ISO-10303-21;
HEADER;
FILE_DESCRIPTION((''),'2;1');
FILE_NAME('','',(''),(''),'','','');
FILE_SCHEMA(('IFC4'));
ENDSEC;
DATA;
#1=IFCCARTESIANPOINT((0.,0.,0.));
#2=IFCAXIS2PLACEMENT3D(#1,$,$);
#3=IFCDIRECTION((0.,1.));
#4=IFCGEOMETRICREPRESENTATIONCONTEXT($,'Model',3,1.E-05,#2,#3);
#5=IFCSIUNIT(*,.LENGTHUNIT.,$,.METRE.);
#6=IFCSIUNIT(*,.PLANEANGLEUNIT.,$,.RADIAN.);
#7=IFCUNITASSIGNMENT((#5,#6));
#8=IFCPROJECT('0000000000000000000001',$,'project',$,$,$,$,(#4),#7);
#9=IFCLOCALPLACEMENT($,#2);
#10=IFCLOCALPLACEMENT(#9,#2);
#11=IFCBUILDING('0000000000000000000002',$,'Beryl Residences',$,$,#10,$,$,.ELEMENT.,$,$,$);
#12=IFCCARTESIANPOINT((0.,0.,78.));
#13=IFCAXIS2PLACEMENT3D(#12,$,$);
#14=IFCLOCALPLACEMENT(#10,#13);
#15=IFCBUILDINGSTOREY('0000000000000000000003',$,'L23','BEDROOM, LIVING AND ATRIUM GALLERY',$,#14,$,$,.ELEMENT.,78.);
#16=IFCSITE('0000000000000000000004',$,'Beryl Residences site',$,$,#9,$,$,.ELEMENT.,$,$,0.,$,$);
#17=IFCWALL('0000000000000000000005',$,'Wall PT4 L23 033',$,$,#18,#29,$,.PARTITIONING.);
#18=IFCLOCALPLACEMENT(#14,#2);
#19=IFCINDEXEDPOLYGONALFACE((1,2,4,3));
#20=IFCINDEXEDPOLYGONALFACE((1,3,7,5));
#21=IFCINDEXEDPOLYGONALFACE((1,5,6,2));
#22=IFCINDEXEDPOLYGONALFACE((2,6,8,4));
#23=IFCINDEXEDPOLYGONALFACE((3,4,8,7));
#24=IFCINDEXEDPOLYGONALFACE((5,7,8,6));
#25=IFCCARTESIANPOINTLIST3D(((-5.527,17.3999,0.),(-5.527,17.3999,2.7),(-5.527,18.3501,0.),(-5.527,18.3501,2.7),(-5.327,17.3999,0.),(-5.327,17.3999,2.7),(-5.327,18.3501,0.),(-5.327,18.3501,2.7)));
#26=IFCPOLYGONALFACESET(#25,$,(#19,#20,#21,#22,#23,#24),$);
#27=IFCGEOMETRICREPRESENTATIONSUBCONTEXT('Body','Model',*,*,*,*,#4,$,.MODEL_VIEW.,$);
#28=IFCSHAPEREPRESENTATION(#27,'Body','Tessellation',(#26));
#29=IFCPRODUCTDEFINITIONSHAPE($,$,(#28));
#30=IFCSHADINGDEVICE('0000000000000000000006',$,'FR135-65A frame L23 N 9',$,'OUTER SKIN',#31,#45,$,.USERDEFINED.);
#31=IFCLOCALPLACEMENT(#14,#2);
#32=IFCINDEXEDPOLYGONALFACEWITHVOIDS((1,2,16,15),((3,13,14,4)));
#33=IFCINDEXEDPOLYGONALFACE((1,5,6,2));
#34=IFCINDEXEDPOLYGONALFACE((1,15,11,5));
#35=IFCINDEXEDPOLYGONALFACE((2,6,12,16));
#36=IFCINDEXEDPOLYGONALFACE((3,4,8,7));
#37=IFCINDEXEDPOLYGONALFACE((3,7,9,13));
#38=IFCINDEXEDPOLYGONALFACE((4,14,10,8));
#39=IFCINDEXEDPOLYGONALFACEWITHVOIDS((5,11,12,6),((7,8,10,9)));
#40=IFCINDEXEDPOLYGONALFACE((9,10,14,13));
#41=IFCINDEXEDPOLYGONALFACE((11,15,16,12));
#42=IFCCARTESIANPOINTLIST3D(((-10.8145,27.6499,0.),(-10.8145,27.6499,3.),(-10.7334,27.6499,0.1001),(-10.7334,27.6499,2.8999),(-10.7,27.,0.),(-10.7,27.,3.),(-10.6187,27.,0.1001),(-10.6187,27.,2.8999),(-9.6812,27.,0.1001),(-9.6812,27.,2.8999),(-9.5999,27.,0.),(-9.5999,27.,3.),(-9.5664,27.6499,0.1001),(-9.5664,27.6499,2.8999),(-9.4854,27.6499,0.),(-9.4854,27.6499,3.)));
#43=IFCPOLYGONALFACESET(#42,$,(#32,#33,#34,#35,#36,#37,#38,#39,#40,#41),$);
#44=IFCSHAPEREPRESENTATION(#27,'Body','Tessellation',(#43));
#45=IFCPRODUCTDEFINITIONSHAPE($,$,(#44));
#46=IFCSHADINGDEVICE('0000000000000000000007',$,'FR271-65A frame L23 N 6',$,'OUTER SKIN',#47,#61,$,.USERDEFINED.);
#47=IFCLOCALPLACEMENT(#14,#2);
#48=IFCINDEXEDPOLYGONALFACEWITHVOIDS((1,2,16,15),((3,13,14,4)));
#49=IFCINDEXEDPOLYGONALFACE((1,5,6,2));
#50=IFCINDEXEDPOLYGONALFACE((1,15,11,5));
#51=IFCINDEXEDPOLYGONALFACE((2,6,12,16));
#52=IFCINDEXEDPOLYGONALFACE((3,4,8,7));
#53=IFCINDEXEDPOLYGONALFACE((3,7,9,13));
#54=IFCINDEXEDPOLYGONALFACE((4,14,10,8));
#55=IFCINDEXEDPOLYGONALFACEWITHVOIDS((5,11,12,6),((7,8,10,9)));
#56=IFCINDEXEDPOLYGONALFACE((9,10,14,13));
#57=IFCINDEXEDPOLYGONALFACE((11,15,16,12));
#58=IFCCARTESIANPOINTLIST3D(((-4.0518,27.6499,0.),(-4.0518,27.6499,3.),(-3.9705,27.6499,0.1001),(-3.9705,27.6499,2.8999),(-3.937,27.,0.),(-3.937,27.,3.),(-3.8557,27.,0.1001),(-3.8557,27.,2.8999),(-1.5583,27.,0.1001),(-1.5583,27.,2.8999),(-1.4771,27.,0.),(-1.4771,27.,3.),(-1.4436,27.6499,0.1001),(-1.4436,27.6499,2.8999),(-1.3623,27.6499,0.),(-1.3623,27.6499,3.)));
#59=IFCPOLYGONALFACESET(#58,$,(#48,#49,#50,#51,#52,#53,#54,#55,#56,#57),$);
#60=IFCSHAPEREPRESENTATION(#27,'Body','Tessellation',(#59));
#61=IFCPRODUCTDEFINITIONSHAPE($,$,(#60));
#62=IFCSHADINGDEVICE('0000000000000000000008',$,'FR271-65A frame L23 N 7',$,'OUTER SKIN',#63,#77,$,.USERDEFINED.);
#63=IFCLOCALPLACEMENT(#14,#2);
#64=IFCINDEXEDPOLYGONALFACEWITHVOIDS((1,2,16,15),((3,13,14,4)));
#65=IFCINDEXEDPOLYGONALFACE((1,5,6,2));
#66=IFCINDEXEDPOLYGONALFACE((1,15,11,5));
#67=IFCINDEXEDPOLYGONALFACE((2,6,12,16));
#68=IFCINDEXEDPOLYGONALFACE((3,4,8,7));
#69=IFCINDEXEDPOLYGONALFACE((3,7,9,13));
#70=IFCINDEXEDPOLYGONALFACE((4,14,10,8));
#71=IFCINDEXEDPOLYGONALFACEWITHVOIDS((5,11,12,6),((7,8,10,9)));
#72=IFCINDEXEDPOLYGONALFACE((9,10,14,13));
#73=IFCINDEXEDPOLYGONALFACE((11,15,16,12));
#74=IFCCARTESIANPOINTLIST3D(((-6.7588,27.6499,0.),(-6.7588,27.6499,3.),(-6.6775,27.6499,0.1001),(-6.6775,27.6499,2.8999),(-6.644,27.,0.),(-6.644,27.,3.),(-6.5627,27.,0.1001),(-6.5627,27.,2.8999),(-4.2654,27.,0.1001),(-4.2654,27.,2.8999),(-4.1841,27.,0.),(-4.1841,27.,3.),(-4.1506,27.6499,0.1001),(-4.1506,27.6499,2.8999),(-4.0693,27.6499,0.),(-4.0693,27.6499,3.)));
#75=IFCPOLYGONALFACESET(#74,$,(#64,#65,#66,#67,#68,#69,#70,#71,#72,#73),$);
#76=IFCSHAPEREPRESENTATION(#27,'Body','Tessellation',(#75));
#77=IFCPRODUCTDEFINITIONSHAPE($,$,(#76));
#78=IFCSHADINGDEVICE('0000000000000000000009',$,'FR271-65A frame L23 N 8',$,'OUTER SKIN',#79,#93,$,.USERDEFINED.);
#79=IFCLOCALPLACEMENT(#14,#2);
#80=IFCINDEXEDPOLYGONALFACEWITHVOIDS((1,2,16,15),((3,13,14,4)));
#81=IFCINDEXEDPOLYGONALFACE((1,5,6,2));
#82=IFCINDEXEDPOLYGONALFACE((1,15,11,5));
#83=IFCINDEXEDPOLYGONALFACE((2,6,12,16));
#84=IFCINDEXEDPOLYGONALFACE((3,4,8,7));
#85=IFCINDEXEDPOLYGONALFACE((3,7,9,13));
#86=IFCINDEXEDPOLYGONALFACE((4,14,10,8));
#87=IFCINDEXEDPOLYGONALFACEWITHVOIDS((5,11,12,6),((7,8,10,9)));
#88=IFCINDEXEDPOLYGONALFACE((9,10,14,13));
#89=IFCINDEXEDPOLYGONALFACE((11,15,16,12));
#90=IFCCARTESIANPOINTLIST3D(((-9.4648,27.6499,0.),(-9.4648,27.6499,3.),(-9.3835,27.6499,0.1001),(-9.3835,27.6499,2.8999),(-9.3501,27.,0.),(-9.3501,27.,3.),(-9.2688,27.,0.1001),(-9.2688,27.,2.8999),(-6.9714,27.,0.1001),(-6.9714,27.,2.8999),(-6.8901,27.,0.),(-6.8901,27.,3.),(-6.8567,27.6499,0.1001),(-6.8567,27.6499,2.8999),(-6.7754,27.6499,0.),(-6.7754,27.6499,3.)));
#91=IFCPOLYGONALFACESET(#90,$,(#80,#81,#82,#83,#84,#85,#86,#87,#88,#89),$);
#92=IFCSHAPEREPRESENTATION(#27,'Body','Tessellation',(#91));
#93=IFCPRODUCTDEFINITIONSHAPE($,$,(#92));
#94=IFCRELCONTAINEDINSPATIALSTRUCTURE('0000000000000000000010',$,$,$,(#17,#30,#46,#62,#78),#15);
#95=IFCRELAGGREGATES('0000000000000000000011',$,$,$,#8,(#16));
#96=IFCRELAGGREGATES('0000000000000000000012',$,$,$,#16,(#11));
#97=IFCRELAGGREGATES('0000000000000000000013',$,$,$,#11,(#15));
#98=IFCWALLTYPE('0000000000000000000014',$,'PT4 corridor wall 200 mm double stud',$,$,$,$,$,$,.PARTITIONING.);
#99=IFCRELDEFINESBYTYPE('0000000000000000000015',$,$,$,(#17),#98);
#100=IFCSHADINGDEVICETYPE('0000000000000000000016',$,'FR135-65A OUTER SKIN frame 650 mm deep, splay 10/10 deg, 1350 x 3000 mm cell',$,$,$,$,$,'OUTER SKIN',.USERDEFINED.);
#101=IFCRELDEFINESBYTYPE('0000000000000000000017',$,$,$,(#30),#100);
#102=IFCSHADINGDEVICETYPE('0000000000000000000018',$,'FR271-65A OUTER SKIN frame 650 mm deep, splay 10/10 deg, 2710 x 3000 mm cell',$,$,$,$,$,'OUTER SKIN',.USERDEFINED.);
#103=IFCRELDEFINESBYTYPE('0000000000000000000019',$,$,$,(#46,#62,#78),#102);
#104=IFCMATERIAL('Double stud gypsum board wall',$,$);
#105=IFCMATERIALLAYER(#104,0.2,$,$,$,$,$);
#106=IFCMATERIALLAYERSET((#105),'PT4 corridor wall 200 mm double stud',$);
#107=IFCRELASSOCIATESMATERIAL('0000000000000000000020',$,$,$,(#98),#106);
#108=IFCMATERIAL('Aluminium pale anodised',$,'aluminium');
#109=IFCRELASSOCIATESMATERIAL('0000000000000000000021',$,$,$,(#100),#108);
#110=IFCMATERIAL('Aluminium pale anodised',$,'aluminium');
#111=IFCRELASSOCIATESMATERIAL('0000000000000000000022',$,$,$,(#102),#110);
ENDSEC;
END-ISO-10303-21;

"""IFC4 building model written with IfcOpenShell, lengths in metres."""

from ifc_helpers import new_model, entity, si_unit, direction, frame, frame_2d, origin, place, context, subcontext, project, spatial, rectangle, extrude, source, transform, mapped, material, layer, layer_set, type_object, type_shapes, element, save


model = new_model("IFC4")

# Units and contexts
model_context = context("Model", 3, precision=1e-05, world=origin(), true_north=direction((0.0, 1.0)))
body_context = subcontext(model_context, "Body", "Model", "MODEL_VIEW")
ifc_project = project(units=[si_unit("LENGTHUNIT", "METRE"), si_unit("PLANEANGLEUNIT", "RADIAN")], contexts=[model_context])

# Site, building, storey
site_placement = place(None, origin())
site = spatial("IfcSite", under=ifc_project, at=site_placement, Name="Beryl Residences site", CompositionType="ELEMENT", RefElevation=0.0)
building_placement = place(site_placement, origin())
building = spatial("IfcBuilding", under=site, at=building_placement, Name="Beryl Residences", CompositionType="ELEMENT")
storey_placement = place(building_placement, frame((0.0, 0.0, 78.0)))
storey = spatial("IfcBuildingStorey", under=building, at=storey_placement, Name="L23", Description="BEDROOM, LIVING AND ATRIUM GALLERY", CompositionType="ELEMENT", Elevation=78.0)

# Shared definitions
ifc_material_1 = material(Name="Double stud gypsum board wall")
ifc_layer_1 = layer(ifc_material_1, 0.2)
ifc_layer_set_1 = layer_set([ifc_layer_1], Name="PT4 corridor wall 200 mm double stud")
wall_type_1 = type_object("IfcWallType", Name="PT4 corridor wall 200 mm double stud", PredefinedType="PARTITIONING", material=ifc_layer_set_1)

# Wall
wall_1_placement = place(storey_placement, frame((-5.427, 17.3999, 0.0), z_axis=(0.0, 0.0, 1.0), x_axis=(0.0, 1.0, 0.0)))
element("IfcWall", 1, at=wall_1_placement, inside=storey, type_object=wall_type_1, Name="Wall PT4 L23 033", PredefinedType="PARTITIONING", context=body_context, shape_type="SweptSolid", body=[
    extrude(rectangle(XDim=0.9502, YDim=0.2, at=frame_2d((0.4751, 0.0))), origin(), (0.0, 0.0, 1.0), 2.7),
])

# Shading devices
ifc_material_2 = material(Name="Aluminium pale anodised", Category="aluminium")
shading_device_type_1 = type_object("IfcShadingDeviceType", Name="FR135-65A OUTER SKIN frame 650 mm deep, splay 10/10 deg, 1350 x 3000 mm cell", ElementType="OUTER SKIN", PredefinedType="USERDEFINED", material=ifc_material_2)
cartesian_point_1 = entity("IfcCartesianPoint", [-0.55, 0.0])
cartesian_point_2 = entity("IfcCartesianPoint", [-0.4688, 0.1001])
cartesian_point_3 = entity("IfcCartesianPoint", [-0.6646, 0.0])
cartesian_point_4 = entity("IfcCartesianPoint", [-0.5835, 0.1001])
shared_shape_1 = source(origin(), body_context, "Body", "SweptSolid", [
    entity("IfcExtrudedAreaSolidTapered", entity("IfcArbitraryProfileDefWithVoids", "AREA", None, entity("IfcPolyline", [cartesian_point_1, entity("IfcCartesianPoint", [0.55, 0.0]), entity("IfcCartesianPoint", [0.55, 3.0]), entity("IfcCartesianPoint", [-0.55, 3.0]), cartesian_point_1]), [entity("IfcPolyline", [cartesian_point_2, entity("IfcCartesianPoint", [0.4688, 0.1001]), entity("IfcCartesianPoint", [0.4688, 2.8999]), entity("IfcCartesianPoint", [-0.4688, 2.8999]), cartesian_point_2])]), entity("IfcAxis2Placement3D", entity("IfcCartesianPoint", [0.0, 0.0, 0.0]), entity("IfcDirection", [0.0, 1.0, 0.0]), entity("IfcDirection", [-1.0, 0.0, 0.0])), entity("IfcDirection", [0.0, 0.0, 1.0]), 0.6499, entity("IfcArbitraryProfileDefWithVoids", "AREA", None, entity("IfcPolyline", [cartesian_point_3, entity("IfcCartesianPoint", [0.6646, 0.0]), entity("IfcCartesianPoint", [0.6646, 3.0]), entity("IfcCartesianPoint", [-0.6646, 3.0]), cartesian_point_3]), [entity("IfcPolyline", [cartesian_point_4, entity("IfcCartesianPoint", [0.5835, 0.1001]), entity("IfcCartesianPoint", [0.5835, 2.8999]), entity("IfcCartesianPoint", [-0.5835, 2.8999]), cartesian_point_4])])),
])
type_shapes(shading_device_type_1, [shared_shape_1])
shading_device_placement = place(storey_placement, frame((-10.1499, 27.0, 0.0), z_axis=(0.0, 0.0, 1.0), x_axis=(1.0, 0.0, 0.0)))
element("IfcShadingDevice", 2, at=shading_device_placement, inside=storey, type_object=shading_device_type_1, Name="FR135-65A frame L23 N 9", ObjectType="OUTER SKIN", PredefinedType="USERDEFINED", context=body_context, shape_type="MappedRepresentation", body=[
    mapped(shared_shape_1, transform((0.0, 0.0, 0.0))),
])
ifc_material_3 = material(Name="Aluminium pale anodised", Category="aluminium")
shading_device_type_2 = type_object("IfcShadingDeviceType", Name="FR271-65A OUTER SKIN frame 650 mm deep, splay 10/10 deg, 2710 x 3000 mm cell", ElementType="OUTER SKIN", PredefinedType="USERDEFINED", material=ifc_material_3)
cartesian_point_5 = entity("IfcCartesianPoint", [-1.23, 0.0])
cartesian_point_6 = entity("IfcCartesianPoint", [-1.1487, 0.1001])
cartesian_point_7 = entity("IfcCartesianPoint", [-1.3447, 0.0])
cartesian_point_8 = entity("IfcCartesianPoint", [-1.2634, 0.1001])
shared_shape_2 = source(origin(), body_context, "Body", "SweptSolid", [
    entity("IfcExtrudedAreaSolidTapered", entity("IfcArbitraryProfileDefWithVoids", "AREA", None, entity("IfcPolyline", [cartesian_point_5, entity("IfcCartesianPoint", [1.23, 0.0]), entity("IfcCartesianPoint", [1.23, 3.0]), entity("IfcCartesianPoint", [-1.23, 3.0]), cartesian_point_5]), [entity("IfcPolyline", [cartesian_point_6, entity("IfcCartesianPoint", [1.1487, 0.1001]), entity("IfcCartesianPoint", [1.1487, 2.8999]), entity("IfcCartesianPoint", [-1.1487, 2.8999]), cartesian_point_6])]), entity("IfcAxis2Placement3D", entity("IfcCartesianPoint", [0.0, 0.0, 0.0]), entity("IfcDirection", [0.0, 1.0, 0.0]), entity("IfcDirection", [-1.0, 0.0, 0.0])), entity("IfcDirection", [0.0, 0.0, 1.0]), 0.6499, entity("IfcArbitraryProfileDefWithVoids", "AREA", None, entity("IfcPolyline", [cartesian_point_7, entity("IfcCartesianPoint", [1.3447, 0.0]), entity("IfcCartesianPoint", [1.3447, 3.0]), entity("IfcCartesianPoint", [-1.3447, 3.0]), cartesian_point_7]), [entity("IfcPolyline", [cartesian_point_8, entity("IfcCartesianPoint", [1.2634, 0.1001]), entity("IfcCartesianPoint", [1.2634, 2.8999]), entity("IfcCartesianPoint", [-1.2634, 2.8999]), cartesian_point_8])])),
])
type_shapes(shading_device_type_2, [shared_shape_2])
for number, where, z_axis, x_axis, name in (
    (3, (-2.707, 27.0, 0.0), (0.0, 0.0, 1.0), (1.0, 0.0, 0.0), "FR271-65A frame L23 N 6"),
    (4, (-5.4141, 27.0, 0.0), (0.0, 0.0, 1.0), (1.0, 0.0, 0.0), "FR271-65A frame L23 N 7"),
    (5, (-8.1201, 27.0, 0.0), (0.0, 0.0, 1.0), (1.0, 0.0, 0.0), "FR271-65A frame L23 N 8"),
):
    element("IfcShadingDevice", number, at=place(storey_placement, frame(where, z_axis=z_axis, x_axis=x_axis)), inside=storey, type_object=shading_device_type_2, Name=name, ObjectType="OUTER SKIN", PredefinedType="USERDEFINED", context=body_context, shape_type="MappedRepresentation", body=[
        mapped(shared_shape_2, transform((0.0, 0.0, 0.0))),
    ])

save(model, "model.ifc")
